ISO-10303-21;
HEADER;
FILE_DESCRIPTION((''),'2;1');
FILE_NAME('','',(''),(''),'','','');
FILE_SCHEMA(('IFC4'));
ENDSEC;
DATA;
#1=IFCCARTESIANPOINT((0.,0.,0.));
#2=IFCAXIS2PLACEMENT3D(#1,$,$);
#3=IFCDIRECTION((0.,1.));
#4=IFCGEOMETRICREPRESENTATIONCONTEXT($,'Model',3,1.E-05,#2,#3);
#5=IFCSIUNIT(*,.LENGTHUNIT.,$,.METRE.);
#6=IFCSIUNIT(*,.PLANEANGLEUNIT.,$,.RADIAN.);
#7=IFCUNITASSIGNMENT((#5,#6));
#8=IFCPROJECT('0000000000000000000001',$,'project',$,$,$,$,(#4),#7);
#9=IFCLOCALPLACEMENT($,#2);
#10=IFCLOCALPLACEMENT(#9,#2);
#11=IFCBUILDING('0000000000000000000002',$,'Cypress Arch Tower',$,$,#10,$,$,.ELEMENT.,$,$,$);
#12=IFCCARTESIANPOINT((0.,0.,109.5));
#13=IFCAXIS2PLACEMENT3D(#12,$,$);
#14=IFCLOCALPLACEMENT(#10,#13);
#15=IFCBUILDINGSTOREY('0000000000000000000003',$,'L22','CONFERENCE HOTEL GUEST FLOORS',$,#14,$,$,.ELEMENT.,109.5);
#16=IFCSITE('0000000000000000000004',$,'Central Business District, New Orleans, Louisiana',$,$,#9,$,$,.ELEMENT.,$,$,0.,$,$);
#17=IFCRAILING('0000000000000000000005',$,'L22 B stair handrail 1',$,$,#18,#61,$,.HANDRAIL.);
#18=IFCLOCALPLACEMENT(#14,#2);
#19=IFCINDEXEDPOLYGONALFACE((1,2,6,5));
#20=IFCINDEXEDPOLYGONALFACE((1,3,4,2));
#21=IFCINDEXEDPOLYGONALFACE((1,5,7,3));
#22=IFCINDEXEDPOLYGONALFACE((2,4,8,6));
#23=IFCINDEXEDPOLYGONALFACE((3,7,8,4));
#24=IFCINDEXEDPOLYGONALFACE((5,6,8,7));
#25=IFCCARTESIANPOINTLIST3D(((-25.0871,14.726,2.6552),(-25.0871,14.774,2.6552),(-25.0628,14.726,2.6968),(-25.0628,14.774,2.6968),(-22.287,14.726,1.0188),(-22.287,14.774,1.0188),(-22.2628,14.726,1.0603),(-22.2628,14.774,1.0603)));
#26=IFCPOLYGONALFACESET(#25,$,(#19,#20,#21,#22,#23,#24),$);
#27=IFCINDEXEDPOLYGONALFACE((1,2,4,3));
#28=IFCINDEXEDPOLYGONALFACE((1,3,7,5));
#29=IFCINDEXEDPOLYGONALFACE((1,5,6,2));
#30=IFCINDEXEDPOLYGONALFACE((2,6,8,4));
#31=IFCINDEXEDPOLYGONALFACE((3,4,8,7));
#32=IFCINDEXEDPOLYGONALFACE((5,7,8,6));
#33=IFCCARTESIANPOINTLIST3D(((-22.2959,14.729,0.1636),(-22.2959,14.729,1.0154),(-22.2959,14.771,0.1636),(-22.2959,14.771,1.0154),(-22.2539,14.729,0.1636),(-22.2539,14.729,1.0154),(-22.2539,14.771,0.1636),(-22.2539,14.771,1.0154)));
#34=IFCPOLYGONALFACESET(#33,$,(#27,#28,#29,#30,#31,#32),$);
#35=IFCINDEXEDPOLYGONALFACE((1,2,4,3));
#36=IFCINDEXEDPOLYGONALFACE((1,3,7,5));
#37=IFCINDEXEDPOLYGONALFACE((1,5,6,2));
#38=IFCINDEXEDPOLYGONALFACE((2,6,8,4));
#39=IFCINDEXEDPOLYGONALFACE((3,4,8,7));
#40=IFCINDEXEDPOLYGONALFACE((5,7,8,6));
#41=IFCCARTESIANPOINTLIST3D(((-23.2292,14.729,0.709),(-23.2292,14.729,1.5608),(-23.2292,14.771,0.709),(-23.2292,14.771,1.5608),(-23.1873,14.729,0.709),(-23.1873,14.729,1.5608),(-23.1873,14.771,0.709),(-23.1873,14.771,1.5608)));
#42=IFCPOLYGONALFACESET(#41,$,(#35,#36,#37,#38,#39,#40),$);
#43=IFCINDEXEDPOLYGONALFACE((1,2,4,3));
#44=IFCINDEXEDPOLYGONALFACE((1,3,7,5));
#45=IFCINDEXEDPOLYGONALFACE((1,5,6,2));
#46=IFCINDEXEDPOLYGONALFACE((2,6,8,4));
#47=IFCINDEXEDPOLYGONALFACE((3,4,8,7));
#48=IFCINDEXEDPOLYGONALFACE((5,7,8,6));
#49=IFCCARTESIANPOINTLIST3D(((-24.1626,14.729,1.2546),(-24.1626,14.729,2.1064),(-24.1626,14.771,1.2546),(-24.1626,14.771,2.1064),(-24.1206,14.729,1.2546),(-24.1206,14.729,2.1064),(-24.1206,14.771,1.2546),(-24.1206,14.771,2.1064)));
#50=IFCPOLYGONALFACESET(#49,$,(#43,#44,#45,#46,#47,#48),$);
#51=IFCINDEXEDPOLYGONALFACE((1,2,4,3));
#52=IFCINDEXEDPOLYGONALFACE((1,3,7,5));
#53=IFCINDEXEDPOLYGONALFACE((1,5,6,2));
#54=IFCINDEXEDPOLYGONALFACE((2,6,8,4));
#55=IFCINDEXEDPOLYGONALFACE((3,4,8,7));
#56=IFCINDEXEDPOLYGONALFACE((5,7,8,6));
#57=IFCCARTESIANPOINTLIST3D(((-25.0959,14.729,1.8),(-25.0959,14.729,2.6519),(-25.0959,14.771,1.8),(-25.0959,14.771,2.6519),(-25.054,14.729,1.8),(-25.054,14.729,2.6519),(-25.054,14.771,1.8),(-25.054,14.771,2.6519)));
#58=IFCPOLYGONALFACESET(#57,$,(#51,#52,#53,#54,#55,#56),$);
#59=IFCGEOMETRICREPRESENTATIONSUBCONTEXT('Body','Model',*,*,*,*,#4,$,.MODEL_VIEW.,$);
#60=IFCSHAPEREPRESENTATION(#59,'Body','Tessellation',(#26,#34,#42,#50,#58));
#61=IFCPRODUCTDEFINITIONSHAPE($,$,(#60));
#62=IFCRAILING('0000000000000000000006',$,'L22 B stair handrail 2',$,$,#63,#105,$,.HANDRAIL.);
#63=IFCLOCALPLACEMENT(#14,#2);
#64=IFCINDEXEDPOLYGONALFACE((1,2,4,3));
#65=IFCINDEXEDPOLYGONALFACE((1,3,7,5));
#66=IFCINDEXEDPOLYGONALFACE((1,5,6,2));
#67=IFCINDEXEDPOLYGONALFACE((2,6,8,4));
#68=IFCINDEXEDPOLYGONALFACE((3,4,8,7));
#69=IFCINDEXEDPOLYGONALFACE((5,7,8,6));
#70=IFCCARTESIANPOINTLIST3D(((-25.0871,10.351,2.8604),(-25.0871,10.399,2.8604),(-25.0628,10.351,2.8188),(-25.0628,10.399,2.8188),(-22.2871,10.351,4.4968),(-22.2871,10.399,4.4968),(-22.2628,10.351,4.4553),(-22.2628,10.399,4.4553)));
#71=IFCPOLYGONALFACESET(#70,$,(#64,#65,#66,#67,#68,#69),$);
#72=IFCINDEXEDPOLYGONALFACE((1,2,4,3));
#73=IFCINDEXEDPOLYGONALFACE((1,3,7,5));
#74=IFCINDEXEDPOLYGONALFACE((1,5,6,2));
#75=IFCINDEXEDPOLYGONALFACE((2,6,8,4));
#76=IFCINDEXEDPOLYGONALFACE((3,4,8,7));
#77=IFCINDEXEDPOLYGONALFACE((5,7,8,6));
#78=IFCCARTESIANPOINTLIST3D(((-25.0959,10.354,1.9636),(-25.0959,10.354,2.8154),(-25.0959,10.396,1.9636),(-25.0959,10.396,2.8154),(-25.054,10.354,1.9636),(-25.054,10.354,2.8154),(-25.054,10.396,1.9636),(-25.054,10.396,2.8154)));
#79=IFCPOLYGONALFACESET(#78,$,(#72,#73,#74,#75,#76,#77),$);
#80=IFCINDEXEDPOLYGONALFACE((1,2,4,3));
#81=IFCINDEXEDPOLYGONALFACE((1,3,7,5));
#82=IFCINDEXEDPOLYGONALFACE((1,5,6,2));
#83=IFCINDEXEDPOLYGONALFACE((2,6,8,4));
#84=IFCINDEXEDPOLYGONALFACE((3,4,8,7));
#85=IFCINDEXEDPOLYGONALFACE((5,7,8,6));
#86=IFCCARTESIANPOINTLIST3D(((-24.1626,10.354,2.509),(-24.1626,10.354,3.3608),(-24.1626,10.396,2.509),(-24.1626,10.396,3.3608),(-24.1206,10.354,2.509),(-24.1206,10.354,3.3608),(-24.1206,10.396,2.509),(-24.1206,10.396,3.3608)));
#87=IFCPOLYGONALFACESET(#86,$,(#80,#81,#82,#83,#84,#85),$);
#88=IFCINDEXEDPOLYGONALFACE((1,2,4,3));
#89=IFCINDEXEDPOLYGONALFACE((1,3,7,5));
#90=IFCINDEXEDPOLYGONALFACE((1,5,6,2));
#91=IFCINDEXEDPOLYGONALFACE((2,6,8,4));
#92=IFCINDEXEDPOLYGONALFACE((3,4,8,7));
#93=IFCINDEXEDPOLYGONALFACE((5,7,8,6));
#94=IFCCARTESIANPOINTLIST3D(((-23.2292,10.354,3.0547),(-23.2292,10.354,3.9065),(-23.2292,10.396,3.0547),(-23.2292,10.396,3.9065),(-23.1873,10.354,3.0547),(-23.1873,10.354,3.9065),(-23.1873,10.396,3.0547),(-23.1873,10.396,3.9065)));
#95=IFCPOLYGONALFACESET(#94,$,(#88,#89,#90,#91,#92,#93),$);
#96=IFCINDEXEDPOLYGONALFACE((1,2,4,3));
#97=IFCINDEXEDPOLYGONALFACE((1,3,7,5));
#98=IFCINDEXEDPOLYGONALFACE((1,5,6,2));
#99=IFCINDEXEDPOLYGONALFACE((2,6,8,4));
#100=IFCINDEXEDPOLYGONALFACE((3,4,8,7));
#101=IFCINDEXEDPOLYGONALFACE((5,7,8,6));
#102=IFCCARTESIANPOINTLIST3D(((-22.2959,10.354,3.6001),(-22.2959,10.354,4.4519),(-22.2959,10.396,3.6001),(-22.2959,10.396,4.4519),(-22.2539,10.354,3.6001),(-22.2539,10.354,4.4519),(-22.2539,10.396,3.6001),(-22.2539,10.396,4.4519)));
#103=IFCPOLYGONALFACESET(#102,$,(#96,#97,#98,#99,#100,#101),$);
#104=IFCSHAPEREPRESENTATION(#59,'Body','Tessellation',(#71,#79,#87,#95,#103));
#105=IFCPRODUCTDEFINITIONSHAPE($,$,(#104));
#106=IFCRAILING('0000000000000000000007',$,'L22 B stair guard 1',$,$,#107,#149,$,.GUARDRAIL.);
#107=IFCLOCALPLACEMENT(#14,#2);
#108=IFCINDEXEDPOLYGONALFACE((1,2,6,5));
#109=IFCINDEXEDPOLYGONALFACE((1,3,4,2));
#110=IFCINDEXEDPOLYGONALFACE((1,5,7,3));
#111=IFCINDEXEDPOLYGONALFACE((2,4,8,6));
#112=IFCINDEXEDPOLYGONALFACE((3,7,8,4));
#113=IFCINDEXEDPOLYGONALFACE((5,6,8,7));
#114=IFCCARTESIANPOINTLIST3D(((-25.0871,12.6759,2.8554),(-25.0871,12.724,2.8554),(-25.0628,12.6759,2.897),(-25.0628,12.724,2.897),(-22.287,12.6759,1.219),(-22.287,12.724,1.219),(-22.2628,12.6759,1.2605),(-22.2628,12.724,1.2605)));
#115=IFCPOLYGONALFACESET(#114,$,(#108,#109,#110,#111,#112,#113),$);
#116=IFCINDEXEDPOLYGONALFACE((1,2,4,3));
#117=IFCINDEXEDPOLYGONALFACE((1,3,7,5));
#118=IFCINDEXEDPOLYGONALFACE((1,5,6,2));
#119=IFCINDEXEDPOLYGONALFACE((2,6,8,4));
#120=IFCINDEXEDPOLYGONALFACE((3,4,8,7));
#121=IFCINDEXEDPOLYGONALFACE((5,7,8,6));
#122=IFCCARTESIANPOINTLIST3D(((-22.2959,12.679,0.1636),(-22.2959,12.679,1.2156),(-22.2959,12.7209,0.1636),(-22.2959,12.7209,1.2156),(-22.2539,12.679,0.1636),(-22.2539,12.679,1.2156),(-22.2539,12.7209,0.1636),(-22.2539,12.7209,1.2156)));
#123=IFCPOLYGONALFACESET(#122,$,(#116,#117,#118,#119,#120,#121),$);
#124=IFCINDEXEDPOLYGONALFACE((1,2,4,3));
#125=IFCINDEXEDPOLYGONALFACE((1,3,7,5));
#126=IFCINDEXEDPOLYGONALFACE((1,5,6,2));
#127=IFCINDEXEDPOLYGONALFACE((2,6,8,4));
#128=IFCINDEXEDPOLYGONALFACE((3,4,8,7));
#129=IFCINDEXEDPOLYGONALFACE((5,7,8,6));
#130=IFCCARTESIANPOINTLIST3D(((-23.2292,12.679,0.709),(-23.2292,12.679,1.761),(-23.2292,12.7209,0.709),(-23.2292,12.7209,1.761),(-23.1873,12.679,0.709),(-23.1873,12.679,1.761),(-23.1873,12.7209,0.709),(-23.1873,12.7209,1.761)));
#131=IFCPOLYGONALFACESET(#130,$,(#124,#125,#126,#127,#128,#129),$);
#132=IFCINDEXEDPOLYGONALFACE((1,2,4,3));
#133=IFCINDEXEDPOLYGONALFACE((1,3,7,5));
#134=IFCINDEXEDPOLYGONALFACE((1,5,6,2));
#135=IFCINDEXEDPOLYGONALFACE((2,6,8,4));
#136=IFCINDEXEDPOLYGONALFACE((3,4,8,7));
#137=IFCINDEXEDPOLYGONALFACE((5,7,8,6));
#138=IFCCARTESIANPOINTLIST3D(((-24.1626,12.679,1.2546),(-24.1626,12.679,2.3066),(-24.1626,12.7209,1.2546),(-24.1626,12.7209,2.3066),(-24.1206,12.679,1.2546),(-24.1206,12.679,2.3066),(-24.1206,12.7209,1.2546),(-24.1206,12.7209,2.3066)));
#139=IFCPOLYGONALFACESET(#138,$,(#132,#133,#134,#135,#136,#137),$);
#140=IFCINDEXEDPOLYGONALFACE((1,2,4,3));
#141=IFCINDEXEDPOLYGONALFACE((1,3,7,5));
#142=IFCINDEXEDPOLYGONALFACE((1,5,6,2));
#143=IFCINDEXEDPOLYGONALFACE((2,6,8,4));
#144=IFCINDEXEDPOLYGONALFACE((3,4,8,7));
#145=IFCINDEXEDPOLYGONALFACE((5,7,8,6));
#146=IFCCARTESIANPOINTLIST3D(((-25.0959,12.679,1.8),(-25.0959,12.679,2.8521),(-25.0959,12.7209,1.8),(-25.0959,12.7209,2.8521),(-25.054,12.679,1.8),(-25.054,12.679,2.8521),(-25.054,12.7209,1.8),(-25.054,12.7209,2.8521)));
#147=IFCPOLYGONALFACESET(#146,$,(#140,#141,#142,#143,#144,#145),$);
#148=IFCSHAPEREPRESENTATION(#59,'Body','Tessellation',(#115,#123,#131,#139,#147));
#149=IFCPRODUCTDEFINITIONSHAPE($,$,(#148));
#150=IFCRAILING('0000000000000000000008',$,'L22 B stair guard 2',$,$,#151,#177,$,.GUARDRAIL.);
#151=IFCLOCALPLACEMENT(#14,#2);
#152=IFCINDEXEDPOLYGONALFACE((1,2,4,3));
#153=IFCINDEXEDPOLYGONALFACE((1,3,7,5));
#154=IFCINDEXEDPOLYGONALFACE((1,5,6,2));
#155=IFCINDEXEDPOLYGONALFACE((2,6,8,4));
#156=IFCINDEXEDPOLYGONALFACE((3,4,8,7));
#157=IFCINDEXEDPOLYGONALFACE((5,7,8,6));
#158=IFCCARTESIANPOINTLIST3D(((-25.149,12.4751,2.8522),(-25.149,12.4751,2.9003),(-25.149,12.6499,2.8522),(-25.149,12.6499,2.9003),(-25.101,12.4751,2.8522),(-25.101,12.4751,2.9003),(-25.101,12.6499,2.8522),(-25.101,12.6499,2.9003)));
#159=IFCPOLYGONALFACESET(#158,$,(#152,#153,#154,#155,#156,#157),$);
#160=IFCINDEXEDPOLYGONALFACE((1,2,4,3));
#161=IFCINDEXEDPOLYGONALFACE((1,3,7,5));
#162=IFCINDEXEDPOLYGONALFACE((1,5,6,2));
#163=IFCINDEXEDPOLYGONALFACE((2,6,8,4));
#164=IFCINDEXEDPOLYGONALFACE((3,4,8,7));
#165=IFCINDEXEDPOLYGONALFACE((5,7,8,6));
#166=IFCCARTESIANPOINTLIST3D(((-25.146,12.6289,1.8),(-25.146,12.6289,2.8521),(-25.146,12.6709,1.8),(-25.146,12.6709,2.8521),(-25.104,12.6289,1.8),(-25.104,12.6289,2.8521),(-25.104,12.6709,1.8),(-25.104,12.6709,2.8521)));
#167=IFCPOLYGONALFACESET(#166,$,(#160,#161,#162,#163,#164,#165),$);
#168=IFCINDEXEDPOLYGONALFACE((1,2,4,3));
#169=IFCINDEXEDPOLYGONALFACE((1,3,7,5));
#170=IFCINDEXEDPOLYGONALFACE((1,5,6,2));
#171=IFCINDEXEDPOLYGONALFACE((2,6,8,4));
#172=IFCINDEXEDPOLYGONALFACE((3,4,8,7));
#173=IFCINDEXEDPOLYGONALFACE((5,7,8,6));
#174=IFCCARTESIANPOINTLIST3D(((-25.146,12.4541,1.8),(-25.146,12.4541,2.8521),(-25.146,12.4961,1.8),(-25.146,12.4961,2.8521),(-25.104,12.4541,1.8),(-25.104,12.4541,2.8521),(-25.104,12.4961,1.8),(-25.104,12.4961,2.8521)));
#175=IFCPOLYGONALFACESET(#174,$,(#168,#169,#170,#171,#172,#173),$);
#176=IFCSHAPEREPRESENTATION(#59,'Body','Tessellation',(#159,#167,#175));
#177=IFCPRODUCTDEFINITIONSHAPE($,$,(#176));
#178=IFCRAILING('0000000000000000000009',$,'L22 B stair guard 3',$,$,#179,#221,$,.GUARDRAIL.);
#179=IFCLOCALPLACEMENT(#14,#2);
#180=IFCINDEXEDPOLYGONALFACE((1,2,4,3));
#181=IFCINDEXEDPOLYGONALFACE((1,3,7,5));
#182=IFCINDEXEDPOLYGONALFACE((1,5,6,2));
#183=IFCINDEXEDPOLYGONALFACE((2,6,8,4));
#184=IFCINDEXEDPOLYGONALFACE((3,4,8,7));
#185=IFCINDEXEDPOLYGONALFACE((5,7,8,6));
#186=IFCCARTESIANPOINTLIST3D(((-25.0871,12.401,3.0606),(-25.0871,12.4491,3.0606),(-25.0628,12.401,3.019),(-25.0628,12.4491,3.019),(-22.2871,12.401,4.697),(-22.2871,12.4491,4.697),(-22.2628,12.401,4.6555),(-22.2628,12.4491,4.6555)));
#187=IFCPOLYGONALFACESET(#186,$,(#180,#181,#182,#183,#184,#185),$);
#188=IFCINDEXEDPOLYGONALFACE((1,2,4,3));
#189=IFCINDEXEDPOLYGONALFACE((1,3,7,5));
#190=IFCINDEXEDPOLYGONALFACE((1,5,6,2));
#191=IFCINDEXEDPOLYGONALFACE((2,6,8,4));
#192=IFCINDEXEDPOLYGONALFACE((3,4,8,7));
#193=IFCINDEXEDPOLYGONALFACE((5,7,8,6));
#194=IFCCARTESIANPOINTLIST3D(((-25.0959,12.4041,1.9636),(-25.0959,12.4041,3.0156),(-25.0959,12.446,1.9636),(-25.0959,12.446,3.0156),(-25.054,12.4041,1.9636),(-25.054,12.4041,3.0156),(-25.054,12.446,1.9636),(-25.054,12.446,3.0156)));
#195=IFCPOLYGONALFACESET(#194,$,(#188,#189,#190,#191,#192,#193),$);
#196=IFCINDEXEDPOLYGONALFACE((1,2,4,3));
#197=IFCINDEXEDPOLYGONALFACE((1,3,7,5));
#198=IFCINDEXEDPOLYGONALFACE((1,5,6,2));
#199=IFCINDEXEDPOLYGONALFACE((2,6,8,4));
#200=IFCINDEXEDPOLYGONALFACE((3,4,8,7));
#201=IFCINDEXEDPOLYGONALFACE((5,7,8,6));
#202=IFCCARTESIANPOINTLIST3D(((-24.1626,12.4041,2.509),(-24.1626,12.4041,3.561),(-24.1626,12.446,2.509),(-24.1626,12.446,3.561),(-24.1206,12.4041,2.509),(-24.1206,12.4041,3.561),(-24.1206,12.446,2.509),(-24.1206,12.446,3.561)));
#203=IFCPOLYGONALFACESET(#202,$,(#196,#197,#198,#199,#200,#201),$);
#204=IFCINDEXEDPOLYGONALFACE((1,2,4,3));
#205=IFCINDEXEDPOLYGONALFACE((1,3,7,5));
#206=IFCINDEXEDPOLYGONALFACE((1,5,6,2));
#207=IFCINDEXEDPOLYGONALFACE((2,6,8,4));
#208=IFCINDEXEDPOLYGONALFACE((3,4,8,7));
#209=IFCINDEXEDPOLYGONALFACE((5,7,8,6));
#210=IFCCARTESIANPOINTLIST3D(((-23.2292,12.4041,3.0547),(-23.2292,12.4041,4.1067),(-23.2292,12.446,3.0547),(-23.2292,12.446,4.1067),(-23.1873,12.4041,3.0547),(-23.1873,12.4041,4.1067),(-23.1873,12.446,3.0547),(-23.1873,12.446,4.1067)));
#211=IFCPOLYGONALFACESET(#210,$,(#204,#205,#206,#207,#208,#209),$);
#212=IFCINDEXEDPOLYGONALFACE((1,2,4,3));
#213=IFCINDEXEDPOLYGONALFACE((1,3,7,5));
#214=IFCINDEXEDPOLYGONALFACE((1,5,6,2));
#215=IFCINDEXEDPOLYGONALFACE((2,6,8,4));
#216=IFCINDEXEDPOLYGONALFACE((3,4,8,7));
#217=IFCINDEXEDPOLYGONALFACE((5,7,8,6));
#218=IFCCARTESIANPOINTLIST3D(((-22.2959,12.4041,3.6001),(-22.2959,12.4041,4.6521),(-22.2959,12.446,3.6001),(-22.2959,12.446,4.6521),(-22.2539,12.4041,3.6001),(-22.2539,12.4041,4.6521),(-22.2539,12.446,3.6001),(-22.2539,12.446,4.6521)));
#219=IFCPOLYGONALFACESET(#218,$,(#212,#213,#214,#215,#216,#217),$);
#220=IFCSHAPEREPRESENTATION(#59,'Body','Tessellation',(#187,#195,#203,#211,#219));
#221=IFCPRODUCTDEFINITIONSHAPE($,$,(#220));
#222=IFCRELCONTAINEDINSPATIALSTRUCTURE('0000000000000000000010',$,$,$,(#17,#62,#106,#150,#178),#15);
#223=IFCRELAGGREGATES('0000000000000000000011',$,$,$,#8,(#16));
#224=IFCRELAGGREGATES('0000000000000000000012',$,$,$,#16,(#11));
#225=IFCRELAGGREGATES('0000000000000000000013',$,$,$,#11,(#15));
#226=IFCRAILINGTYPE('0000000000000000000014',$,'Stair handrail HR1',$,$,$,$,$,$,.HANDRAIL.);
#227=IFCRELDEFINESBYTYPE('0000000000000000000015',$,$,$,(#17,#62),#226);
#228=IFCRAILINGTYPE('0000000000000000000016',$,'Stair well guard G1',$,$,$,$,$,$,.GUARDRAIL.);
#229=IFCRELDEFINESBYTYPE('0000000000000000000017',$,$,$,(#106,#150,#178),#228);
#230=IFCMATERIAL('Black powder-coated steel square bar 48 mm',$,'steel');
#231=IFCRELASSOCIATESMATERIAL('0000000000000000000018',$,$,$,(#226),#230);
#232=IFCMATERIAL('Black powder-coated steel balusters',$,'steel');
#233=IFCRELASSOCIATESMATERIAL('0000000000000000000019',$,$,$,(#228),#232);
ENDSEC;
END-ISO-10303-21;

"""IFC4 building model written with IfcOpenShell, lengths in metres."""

from ifc_helpers import new_model, si_unit, direction, frame, origin, origin_2d, place, context, subcontext, project, spatial, rectangle, extrude, material, type_object, element, save


model = new_model("IFC4")

# Units and contexts
model_context = context("Model", 3, precision=1e-05, world=origin(), true_north=direction((0.0, 1.0)))
body_context = subcontext(model_context, "Body", "Model", "MODEL_VIEW")
ifc_project = project(units=[si_unit("LENGTHUNIT", "METRE"), si_unit("PLANEANGLEUNIT", "RADIAN")], contexts=[model_context])

# Site, building, storey
site_placement = place(None, origin())
site = spatial("IfcSite", under=ifc_project, at=site_placement, Name="Central Business District, New Orleans, Louisiana", CompositionType="ELEMENT", RefElevation=0.0)
building_placement = place(site_placement, origin())
building = spatial("IfcBuilding", under=site, at=building_placement, Name="Cypress Arch Tower", CompositionType="ELEMENT")
storey_placement = place(building_placement, frame((0.0, 0.0, 109.5)))
storey = spatial("IfcBuildingStorey", under=building, at=storey_placement, Name="L22", Description="CONFERENCE HOTEL GUEST FLOORS", CompositionType="ELEMENT", Elevation=109.5)

# Railings
ifc_material_1 = material(Name="Black powder-coated steel square bar 48 mm", Category="steel")
railing_type_1 = type_object("IfcRailingType", Name="Stair handrail HR1", PredefinedType="HANDRAIL", material=ifc_material_1)
railing_1_placement = place(storey_placement, frame((-22.2749, 14.75, 0.1636)))
element("IfcRailing", 1, at=railing_1_placement, inside=storey, type_object=railing_type_1, Name="L22 B stair handrail 1", PredefinedType="HANDRAIL", context=body_context, shape_type="SweptSolid", body=[
    extrude(rectangle(XDim=0.0481, YDim=0.0481, at=origin_2d()), frame((0.0, 0.0, 0.876), z_axis=(-0.863361, 0.0, 0.504587), x_axis=(0.0, -1.0, 0.0)), (0.0, 0.0, 1.0), 3.2432),
    extrude(rectangle(XDim=0.042, YDim=0.042, at=origin_2d()), origin(), (0.0, 0.0, 1.0), 0.8518),
    extrude(rectangle(XDim=0.042, YDim=0.042, at=origin_2d()), frame((-0.9333, 0.0, 0.5454)), (0.0, 0.0, 1.0), 0.8518),
    extrude(rectangle(XDim=0.042, YDim=0.042, at=origin_2d()), frame((-1.8667, 0.0, 1.0911)), (0.0, 0.0, 1.0), 0.8518),
    extrude(rectangle(XDim=0.042, YDim=0.042, at=origin_2d()), frame((-2.8, 0.0, 1.6365)), (0.0, 0.0, 1.0), 0.8518),
])
railing_2_placement = place(storey_placement, frame((-25.075, 10.375, 1.9636)))
element("IfcRailing", 2, at=railing_2_placement, inside=storey, type_object=railing_type_1, Name="L22 B stair handrail 2", PredefinedType="HANDRAIL", context=body_context, shape_type="SweptSolid", body=[
    extrude(rectangle(XDim=0.0481, YDim=0.0481, at=origin_2d()), frame((0.0, 0.0, 0.876), z_axis=(0.863361, 0.0, 0.504587), x_axis=(0.0, 1.0, 0.0)), (0.0, 0.0, 1.0), 3.2432),
    extrude(rectangle(XDim=0.042, YDim=0.042, at=origin_2d()), origin(), (0.0, 0.0, 1.0), 0.8518),
    extrude(rectangle(XDim=0.042, YDim=0.042, at=origin_2d()), frame((0.9333, 0.0, 0.5454)), (0.0, 0.0, 1.0), 0.8518),
    extrude(rectangle(XDim=0.042, YDim=0.042, at=origin_2d()), frame((1.8667, 0.0, 1.0911)), (0.0, 0.0, 1.0), 0.8518),
    extrude(rectangle(XDim=0.042, YDim=0.042, at=origin_2d()), frame((2.8, 0.0, 1.6365)), (0.0, 0.0, 1.0), 0.8518),
])
ifc_material_2 = material(Name="Black powder-coated steel balusters", Category="steel")
railing_type_2 = type_object("IfcRailingType", Name="Stair well guard G1", PredefinedType="GUARDRAIL", material=ifc_material_2)
railing_3_placement = place(storey_placement, frame((-22.2749, 12.7, 0.1636)))
element("IfcRailing", 3, at=railing_3_placement, inside=storey, type_object=railing_type_2, Name="L22 B stair guard 1", PredefinedType="GUARDRAIL", context=body_context, shape_type="SweptSolid", body=[
    extrude(rectangle(XDim=0.0481, YDim=0.0481, at=origin_2d()), frame((0.0, 0.0, 1.0762), z_axis=(-0.863361, 0.0, 0.504587), x_axis=(0.0, -1.0, 0.0)), (0.0, 0.0, 1.0), 3.2432),
    extrude(rectangle(XDim=0.042, YDim=0.042, at=origin_2d()), origin(), (0.0, 0.0, 1.0), 1.052),
    extrude(rectangle(XDim=0.042, YDim=0.042, at=origin_2d()), frame((-0.9333, 0.0, 0.5454)), (0.0, 0.0, 1.0), 1.052),
    extrude(rectangle(XDim=0.042, YDim=0.042, at=origin_2d()), frame((-1.8667, 0.0, 1.0911)), (0.0, 0.0, 1.0), 1.052),
    extrude(rectangle(XDim=0.042, YDim=0.042, at=origin_2d()), frame((-2.8, 0.0, 1.6365)), (0.0, 0.0, 1.0), 1.052),
])
railing_4_placement = place(storey_placement, frame((-25.125, 12.6499, 1.8)))
element("IfcRailing", 4, at=railing_4_placement, inside=storey, type_object=railing_type_2, Name="L22 B stair guard 2", PredefinedType="GUARDRAIL", context=body_context, shape_type="SweptSolid", body=[
    extrude(rectangle(XDim=0.0481, YDim=0.0481, at=origin_2d()), frame((0.0, 0.0, 1.0762), z_axis=(0.0, -1.0, 0.0), x_axis=(1.0, 0.0, 0.0)), (0.0, 0.0, 1.0), 0.1748),
    extrude(rectangle(XDim=0.042, YDim=0.042, at=origin_2d()), origin(), (0.0, 0.0, 1.0), 1.052),
    extrude(rectangle(XDim=0.042, YDim=0.042, at=origin_2d()), frame((0.0, -0.1748, 0.0)), (0.0, 0.0, 1.0), 1.052),
])
railing_5_placement = place(storey_placement, frame((-25.075, 12.425, 1.9636)))
element("IfcRailing", 5, at=railing_5_placement, inside=storey, type_object=railing_type_2, Name="L22 B stair guard 3", PredefinedType="GUARDRAIL", context=body_context, shape_type="SweptSolid", body=[
    extrude(rectangle(XDim=0.0481, YDim=0.0481, at=origin_2d()), frame((0.0, 0.0, 1.0762), z_axis=(0.863361, 0.0, 0.504587), x_axis=(0.0, 1.0, 0.0)), (0.0, 0.0, 1.0), 3.2432),
    extrude(rectangle(XDim=0.042, YDim=0.042, at=origin_2d()), origin(), (0.0, 0.0, 1.0), 1.052),
    extrude(rectangle(XDim=0.042, YDim=0.042, at=origin_2d()), frame((0.9333, 0.0, 0.5454)), (0.0, 0.0, 1.0), 1.052),
    extrude(rectangle(XDim=0.042, YDim=0.042, at=origin_2d()), frame((1.8667, 0.0, 1.0911)), (0.0, 0.0, 1.0), 1.052),
    extrude(rectangle(XDim=0.042, YDim=0.042, at=origin_2d()), frame((2.8, 0.0, 1.6365)), (0.0, 0.0, 1.0), 1.052),
])

save(model, "model.ifc")
